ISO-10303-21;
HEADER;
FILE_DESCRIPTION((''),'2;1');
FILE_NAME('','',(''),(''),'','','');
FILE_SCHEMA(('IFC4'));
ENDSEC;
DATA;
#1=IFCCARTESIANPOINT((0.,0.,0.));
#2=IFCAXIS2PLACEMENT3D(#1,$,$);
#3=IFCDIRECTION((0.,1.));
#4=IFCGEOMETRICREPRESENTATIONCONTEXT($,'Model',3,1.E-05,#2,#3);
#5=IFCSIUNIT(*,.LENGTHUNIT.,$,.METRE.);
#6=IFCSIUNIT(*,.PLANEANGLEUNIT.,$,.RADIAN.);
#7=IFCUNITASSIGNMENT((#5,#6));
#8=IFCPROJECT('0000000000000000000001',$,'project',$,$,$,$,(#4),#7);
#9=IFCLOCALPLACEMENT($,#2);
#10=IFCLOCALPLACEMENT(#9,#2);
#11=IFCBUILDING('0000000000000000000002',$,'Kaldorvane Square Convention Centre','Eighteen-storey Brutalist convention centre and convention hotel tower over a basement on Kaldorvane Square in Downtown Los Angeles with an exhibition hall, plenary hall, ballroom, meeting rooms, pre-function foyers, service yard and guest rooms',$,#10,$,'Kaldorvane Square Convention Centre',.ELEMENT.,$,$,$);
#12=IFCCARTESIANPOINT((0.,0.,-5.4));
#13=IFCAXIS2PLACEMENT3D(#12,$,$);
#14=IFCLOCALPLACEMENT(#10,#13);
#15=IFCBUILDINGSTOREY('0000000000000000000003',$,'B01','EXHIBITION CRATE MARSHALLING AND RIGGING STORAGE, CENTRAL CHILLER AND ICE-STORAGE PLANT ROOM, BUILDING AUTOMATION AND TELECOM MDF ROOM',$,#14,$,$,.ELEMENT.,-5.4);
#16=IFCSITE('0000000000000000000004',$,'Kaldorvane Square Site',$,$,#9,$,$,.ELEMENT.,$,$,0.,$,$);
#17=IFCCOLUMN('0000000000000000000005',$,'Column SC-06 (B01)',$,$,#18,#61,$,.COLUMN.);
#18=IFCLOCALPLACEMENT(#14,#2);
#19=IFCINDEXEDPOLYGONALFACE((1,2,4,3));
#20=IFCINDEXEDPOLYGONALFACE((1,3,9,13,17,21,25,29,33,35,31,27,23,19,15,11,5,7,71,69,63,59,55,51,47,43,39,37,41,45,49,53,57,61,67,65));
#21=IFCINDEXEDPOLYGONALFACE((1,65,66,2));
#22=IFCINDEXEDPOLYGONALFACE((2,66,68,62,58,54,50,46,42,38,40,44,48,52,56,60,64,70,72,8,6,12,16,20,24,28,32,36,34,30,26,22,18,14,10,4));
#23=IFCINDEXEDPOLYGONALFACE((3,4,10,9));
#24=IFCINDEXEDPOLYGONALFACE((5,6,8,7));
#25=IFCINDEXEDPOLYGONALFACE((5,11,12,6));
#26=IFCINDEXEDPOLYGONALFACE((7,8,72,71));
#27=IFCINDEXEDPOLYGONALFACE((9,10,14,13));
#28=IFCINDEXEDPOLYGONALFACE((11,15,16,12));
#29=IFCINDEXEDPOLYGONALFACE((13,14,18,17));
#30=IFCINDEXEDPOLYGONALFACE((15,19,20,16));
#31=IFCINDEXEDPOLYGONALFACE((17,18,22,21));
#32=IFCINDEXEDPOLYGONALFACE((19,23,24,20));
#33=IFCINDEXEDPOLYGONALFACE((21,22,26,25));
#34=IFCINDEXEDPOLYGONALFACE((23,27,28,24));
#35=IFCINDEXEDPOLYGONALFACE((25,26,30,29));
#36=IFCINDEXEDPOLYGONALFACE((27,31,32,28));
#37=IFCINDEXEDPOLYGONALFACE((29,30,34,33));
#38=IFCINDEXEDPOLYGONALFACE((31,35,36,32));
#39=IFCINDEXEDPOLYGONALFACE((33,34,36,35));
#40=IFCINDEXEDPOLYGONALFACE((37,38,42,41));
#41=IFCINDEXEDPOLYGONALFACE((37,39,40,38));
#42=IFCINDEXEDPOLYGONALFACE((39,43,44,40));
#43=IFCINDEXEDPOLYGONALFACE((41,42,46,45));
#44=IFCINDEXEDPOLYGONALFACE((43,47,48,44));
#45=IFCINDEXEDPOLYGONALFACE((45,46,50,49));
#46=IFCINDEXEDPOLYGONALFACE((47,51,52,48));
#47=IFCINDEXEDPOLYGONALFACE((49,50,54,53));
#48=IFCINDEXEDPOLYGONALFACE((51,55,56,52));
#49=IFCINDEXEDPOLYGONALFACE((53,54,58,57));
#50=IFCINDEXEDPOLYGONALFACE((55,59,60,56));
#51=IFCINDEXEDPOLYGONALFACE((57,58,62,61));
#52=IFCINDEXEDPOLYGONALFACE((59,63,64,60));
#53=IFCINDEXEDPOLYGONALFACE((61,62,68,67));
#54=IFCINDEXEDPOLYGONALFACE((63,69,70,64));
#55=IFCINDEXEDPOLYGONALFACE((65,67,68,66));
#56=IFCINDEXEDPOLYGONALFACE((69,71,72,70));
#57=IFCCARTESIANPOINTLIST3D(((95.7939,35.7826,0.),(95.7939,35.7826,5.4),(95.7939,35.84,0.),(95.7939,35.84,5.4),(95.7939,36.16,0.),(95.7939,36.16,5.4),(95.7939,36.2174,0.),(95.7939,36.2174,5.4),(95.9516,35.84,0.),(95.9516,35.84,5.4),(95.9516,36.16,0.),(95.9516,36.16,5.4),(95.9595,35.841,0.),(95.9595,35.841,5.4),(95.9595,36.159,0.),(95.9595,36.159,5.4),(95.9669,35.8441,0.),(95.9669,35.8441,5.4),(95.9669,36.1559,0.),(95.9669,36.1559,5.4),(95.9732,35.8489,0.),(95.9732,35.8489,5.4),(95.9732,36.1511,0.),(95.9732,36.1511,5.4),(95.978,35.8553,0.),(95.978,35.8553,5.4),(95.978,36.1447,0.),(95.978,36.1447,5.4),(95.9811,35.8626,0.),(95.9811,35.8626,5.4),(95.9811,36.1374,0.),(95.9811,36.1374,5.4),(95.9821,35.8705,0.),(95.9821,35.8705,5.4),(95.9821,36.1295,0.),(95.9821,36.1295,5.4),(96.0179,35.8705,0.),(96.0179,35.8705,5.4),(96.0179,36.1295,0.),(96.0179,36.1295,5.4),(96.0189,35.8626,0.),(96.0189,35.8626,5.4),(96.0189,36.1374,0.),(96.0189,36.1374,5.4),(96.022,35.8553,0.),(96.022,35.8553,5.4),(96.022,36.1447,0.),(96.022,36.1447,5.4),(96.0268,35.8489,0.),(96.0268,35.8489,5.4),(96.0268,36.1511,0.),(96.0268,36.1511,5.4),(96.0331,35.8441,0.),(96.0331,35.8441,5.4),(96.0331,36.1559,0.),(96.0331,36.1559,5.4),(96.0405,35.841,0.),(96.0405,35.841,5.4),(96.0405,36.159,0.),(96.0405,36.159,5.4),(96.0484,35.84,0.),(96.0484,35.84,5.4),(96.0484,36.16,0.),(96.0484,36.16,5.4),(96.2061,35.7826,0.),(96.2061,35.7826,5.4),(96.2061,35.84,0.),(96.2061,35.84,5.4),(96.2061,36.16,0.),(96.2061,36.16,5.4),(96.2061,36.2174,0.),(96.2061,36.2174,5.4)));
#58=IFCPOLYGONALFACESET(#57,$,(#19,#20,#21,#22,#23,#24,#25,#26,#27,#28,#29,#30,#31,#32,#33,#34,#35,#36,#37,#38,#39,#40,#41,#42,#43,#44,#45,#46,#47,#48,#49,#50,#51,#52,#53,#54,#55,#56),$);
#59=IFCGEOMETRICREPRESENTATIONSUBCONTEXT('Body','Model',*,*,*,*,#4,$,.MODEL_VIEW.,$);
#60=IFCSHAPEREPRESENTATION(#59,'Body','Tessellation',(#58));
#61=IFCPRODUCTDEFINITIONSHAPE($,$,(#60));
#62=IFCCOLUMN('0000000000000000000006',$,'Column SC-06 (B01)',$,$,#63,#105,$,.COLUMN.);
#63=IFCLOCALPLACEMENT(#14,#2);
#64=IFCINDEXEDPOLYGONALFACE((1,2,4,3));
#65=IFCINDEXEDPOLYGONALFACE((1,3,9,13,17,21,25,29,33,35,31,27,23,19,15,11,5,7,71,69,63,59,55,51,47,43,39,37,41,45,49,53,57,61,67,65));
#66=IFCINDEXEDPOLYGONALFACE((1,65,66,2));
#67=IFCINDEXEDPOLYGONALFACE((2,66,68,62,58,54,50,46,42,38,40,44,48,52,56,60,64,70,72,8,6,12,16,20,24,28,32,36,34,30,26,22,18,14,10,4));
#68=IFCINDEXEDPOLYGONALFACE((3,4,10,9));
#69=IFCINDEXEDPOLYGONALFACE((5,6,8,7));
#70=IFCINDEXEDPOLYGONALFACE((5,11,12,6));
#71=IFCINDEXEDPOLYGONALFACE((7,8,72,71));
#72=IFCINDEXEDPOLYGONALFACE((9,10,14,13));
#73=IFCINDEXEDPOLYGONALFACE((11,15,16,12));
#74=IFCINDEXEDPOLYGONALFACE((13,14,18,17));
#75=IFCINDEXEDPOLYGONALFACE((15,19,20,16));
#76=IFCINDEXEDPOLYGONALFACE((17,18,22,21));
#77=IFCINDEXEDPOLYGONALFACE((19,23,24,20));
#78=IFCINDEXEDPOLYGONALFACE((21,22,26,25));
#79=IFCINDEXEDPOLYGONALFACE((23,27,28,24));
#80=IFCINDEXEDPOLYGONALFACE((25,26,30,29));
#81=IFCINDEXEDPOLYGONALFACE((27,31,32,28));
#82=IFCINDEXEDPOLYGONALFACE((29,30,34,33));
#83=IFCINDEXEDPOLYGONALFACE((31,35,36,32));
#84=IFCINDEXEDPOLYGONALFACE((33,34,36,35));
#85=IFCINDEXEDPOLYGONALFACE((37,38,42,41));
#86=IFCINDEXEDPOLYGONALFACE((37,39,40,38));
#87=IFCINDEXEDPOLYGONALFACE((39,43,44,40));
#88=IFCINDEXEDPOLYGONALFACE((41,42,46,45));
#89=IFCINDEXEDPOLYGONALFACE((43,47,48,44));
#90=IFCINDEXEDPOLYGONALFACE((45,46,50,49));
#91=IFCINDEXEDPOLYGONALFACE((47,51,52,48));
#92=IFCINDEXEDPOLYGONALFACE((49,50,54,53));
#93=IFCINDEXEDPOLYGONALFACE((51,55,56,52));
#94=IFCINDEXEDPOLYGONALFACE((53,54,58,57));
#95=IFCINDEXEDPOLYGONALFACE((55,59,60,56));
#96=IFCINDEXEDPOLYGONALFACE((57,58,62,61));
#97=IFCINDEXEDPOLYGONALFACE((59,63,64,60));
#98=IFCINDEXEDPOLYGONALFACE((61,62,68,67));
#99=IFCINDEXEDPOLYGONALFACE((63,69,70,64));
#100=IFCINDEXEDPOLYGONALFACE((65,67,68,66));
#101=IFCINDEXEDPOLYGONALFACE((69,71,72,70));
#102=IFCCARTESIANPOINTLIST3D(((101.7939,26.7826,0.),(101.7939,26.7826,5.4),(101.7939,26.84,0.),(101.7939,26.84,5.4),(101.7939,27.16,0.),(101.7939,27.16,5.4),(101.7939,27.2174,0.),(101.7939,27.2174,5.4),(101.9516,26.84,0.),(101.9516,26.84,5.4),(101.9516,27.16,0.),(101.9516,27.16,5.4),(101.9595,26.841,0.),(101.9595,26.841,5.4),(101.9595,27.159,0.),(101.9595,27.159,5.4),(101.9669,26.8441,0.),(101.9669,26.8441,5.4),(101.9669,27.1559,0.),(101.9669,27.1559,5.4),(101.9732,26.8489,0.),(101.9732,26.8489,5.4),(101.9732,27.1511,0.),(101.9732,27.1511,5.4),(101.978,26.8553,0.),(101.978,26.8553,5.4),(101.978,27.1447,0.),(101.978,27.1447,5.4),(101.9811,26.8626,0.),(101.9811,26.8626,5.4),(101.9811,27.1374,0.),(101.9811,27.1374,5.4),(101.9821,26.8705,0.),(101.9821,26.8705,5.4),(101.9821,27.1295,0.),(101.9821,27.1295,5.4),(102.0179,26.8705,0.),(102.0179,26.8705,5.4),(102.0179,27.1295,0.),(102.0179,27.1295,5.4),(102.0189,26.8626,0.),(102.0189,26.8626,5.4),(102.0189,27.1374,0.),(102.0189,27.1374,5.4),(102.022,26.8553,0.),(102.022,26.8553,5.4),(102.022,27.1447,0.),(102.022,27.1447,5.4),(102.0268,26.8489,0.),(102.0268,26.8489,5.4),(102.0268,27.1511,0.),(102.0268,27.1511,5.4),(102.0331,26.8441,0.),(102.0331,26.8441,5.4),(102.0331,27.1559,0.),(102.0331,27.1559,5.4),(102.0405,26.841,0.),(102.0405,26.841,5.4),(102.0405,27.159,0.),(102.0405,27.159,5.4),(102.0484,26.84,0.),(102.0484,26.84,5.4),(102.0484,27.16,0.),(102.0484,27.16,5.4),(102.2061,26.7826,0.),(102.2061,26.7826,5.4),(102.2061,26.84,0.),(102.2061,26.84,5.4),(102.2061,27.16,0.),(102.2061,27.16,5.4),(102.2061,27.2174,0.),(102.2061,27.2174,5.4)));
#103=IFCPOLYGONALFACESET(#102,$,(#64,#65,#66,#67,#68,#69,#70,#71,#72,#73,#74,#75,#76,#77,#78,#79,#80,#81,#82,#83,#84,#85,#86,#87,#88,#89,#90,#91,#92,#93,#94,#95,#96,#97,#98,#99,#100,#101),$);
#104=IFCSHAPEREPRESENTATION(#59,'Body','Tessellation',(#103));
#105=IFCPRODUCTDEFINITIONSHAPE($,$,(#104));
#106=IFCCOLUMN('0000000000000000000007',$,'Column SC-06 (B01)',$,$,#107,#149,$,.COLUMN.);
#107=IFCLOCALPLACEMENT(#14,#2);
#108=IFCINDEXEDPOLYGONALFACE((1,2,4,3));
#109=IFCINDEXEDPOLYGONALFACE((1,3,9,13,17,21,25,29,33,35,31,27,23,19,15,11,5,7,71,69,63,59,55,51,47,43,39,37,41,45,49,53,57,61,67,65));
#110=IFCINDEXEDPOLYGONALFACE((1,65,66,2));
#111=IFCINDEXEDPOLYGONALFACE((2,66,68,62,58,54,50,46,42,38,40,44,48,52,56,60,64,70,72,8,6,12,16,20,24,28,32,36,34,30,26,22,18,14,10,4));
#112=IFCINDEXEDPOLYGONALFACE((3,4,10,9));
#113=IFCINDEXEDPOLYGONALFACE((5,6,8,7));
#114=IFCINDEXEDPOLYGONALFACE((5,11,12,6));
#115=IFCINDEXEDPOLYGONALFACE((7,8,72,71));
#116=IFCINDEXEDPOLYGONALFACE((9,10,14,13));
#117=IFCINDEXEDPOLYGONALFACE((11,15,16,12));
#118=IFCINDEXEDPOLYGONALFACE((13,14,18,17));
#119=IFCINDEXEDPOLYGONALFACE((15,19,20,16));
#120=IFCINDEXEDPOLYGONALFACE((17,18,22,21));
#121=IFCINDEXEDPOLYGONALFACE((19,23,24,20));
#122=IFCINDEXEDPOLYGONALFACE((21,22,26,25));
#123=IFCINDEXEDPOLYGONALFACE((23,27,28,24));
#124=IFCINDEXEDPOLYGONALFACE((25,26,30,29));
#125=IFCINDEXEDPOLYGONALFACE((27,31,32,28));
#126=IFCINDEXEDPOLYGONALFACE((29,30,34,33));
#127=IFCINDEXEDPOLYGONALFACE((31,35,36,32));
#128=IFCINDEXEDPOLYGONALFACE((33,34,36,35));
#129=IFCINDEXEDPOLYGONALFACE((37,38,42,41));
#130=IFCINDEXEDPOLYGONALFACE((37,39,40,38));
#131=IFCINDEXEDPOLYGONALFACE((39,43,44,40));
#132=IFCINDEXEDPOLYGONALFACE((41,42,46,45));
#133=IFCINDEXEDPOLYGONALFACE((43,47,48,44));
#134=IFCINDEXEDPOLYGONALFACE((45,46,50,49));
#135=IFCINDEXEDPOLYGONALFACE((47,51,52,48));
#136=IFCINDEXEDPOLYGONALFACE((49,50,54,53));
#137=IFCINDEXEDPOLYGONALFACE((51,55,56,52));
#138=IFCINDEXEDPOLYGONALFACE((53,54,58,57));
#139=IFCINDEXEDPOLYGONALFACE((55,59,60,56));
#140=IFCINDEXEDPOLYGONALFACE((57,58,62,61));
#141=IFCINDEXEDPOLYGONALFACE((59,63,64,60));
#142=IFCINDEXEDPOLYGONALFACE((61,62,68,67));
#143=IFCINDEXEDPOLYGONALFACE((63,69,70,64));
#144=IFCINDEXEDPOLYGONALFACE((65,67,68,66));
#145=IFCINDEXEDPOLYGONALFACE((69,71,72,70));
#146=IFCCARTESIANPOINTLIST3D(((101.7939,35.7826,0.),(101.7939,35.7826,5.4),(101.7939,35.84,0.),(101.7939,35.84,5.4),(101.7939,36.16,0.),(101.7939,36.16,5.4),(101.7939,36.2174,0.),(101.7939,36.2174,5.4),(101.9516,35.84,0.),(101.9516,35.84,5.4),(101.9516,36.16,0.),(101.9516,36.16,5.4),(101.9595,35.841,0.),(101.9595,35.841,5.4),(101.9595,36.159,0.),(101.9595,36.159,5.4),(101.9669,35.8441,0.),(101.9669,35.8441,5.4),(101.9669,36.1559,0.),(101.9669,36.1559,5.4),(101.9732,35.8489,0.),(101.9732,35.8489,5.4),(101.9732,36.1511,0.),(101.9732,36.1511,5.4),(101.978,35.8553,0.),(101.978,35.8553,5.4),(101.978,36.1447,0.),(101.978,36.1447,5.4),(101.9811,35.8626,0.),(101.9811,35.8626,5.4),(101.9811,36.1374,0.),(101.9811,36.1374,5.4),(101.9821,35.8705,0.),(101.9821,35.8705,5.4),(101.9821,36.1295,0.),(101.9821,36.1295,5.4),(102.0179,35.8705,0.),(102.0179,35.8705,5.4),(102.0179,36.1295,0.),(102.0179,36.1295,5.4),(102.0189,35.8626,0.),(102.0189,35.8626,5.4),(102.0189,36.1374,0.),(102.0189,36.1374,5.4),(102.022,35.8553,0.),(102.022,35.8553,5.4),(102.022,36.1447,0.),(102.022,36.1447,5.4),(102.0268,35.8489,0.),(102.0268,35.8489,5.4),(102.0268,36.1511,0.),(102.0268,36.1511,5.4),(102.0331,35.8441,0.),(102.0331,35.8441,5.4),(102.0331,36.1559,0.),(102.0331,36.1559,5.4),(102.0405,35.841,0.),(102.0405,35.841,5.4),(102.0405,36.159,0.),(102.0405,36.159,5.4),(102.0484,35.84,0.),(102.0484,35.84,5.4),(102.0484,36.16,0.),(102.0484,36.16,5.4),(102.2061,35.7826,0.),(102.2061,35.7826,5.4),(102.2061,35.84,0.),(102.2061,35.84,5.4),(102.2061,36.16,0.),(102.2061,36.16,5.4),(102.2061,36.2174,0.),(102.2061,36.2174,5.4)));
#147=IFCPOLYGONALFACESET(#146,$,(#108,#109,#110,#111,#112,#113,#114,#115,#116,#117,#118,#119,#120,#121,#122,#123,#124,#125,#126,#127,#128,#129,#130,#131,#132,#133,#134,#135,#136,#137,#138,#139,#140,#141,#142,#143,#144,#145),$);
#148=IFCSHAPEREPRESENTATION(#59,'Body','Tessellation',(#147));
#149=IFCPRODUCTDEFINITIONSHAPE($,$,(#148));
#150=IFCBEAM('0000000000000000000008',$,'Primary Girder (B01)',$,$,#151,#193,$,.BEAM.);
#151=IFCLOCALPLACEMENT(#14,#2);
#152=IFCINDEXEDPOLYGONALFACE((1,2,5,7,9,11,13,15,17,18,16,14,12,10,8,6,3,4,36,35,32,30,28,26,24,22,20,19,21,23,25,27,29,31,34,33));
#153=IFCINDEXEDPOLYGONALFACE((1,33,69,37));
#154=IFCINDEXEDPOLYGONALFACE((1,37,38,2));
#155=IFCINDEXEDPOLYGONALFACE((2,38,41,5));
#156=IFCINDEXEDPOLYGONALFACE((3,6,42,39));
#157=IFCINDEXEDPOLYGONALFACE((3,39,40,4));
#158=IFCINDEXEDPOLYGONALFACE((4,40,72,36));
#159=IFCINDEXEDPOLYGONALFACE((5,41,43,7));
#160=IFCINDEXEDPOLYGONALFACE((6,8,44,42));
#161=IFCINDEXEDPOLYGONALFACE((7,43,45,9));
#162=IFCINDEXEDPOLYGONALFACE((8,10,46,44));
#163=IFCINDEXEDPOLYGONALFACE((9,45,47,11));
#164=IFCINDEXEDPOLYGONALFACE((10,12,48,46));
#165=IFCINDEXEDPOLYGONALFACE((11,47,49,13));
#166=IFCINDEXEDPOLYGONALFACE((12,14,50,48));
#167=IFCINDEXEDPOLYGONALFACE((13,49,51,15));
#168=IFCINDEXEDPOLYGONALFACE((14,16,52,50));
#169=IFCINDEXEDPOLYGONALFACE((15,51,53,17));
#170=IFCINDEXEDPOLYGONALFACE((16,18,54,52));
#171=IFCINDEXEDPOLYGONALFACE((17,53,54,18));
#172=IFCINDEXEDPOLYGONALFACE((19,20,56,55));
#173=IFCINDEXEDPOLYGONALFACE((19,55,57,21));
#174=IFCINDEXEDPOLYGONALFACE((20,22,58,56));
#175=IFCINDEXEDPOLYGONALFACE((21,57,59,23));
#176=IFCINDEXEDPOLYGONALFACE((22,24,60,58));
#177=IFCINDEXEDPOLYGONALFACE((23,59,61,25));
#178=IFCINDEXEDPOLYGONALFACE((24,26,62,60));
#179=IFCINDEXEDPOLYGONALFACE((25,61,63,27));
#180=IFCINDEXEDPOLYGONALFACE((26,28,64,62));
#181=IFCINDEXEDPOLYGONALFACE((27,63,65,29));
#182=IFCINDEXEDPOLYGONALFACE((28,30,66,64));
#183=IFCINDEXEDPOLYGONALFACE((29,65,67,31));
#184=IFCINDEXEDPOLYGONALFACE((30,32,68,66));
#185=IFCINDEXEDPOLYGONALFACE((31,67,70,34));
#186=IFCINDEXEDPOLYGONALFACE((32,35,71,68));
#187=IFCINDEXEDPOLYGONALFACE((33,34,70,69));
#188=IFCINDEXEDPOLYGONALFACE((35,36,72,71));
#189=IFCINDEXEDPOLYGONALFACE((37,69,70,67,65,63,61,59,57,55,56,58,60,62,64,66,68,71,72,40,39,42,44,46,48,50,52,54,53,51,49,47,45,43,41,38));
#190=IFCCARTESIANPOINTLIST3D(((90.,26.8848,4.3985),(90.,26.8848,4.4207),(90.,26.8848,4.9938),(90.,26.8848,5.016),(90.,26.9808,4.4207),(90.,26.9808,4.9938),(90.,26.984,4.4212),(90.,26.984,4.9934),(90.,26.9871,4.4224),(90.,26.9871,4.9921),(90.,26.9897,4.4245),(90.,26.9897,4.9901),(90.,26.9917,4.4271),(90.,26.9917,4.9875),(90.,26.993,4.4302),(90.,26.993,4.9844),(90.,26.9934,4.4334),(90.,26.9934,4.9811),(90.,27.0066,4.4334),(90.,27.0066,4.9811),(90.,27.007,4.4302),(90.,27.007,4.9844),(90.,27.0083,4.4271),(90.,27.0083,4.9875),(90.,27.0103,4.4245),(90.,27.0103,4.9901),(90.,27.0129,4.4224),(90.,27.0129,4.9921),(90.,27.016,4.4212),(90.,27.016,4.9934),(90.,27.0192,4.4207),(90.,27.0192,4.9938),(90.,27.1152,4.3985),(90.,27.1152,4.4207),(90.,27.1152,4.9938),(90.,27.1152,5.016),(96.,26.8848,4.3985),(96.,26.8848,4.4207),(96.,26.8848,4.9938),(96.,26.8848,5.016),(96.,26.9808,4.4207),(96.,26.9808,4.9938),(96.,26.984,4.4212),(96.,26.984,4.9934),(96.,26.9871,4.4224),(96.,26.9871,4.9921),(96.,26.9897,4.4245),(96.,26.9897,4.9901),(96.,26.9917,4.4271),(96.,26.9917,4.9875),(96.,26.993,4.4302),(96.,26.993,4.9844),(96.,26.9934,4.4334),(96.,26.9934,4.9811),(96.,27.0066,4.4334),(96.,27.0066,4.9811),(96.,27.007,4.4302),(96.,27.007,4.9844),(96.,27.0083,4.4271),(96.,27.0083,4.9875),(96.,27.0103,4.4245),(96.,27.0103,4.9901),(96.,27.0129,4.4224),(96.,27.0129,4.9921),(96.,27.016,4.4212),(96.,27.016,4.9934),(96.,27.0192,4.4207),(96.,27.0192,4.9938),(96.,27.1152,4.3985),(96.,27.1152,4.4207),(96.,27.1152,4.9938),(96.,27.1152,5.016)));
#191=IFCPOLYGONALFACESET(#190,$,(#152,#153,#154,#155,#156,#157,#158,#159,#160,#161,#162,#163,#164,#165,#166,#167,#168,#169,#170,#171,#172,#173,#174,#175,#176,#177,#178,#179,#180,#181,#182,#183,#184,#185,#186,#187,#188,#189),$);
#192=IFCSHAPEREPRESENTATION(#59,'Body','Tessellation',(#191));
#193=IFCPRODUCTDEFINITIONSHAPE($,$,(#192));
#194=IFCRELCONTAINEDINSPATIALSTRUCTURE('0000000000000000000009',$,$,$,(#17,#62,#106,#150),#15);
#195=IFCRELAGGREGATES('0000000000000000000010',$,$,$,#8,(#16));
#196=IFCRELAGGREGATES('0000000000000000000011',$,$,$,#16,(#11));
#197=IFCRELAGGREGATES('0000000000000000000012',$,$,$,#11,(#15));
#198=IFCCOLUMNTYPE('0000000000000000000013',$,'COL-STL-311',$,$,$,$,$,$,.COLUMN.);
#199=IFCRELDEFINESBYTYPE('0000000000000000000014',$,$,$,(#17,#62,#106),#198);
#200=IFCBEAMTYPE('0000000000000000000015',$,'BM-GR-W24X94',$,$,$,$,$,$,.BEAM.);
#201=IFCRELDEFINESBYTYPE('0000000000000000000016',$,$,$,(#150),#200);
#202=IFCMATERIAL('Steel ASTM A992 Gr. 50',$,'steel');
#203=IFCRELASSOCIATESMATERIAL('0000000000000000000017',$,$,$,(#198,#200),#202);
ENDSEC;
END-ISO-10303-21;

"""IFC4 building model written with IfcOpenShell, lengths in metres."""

from ifc_helpers import new_model, si_unit, direction, frame, origin, origin_2d, place, context, subcontext, project, spatial, i_section, extrude, material, material_profile, profile_set, type_object, element, save


model = new_model("IFC4")

# Units and contexts
model_context = context("Model", 3, precision=1e-05, world=origin(), true_north=direction((0.0, 1.0)))
body_context = subcontext(model_context, "Body", "Model", "MODEL_VIEW")
ifc_project = project(units=[si_unit("LENGTHUNIT", "METRE"), si_unit("PLANEANGLEUNIT", "RADIAN")], contexts=[model_context])

# Site, building, storey
site_placement = place(None, origin())
site = spatial("IfcSite", under=ifc_project, at=site_placement, Name="Kaldorvane Square Site", CompositionType="ELEMENT", RefElevation=0.0)
building_placement = place(site_placement, origin())
building = spatial("IfcBuilding", under=site, at=building_placement, Name="Kaldorvane Square Convention Centre", Description="Eighteen-storey Brutalist convention centre and convention hotel tower over a basement on Kaldorvane Square in Downtown Los Angeles with an exhibition hall, plenary hall, ballroom, meeting rooms, pre-function foyers, service yard and guest rooms", LongName="Kaldorvane Square Convention Centre", CompositionType="ELEMENT")
storey_placement = place(building_placement, frame((0.0, 0.0, -5.4)))
storey = spatial("IfcBuildingStorey", under=building, at=storey_placement, Name="B01", Description="EXHIBITION CRATE MARSHALLING AND RIGGING STORAGE, CENTRAL CHILLER AND ICE-STORAGE PLANT ROOM, BUILDING AUTOMATION AND TELECOM MDF ROOM", CompositionType="ELEMENT", Elevation=-5.4)

# Columns
ifc_material_1 = material(Name="Steel ASTM A992 Gr. 50", Category="steel")
ifc_material_profile_1 = material_profile(ifc_material_1, i_section(OverallWidth=0.4122, OverallDepth=0.4348, WebThickness=0.0358, FlangeThickness=0.0574, FilletRadius=0.0305, at=origin_2d()), Name="W14X311")
ifc_profile_set_1 = profile_set([ifc_material_profile_1], Name="Steel ASTM A992 Gr. 50")
column_type = type_object("IfcColumnType", Name="COL-STL-311", PredefinedType="COLUMN", material=ifc_profile_set_1)
for number, where, z_axis, x_axis, name in (
    (1, (96.0, 36.0, 0.0), (0.0, 0.0, 1.0), (1.0, 0.0, 0.0), "Column SC-06 (B01)"),
    (2, (102.0, 27.0, 0.0), (0.0, 0.0, 1.0), (1.0, 0.0, 0.0), "Column SC-06 (B01)"),
    (3, (102.0, 36.0, 0.0), (0.0, 0.0, 1.0), (1.0, 0.0, 0.0), "Column SC-06 (B01)"),
):
    element("IfcColumn", number, at=place(storey_placement, frame(where, z_axis=z_axis, x_axis=x_axis)), inside=storey, type_object=column_type, Name=name, PredefinedType="COLUMN", context=body_context, shape_type="SweptSolid", body=[
        extrude(i_section(OverallWidth=0.4122, OverallDepth=0.4348, WebThickness=0.0358, FlangeThickness=0.0574, FilletRadius=0.0305, at=origin_2d()), origin(), (0.0, 0.0, 1.0), 5.4),
    ])

# Beam
ifc_material_profile_2 = material_profile(ifc_material_1, i_section(OverallWidth=0.2303, OverallDepth=0.6175, WebThickness=0.0131, FlangeThickness=0.0222, FilletRadius=0.0127, at=origin_2d()), Name="W24X94")
ifc_profile_set_2 = profile_set([ifc_material_profile_2], Name="Steel ASTM A992 Gr. 50")
beam_type_1 = type_object("IfcBeamType", Name="BM-GR-W24X94", PredefinedType="BEAM", material=ifc_profile_set_2)
for number, where, z_axis, x_axis, name in (
    (4, (90.0, 27.0, 4.7073), (1.0, 0.0, 0.0), (0.0, 1.0, 0.0), "Primary Girder (B01)"),
):
    element("IfcBeam", number, at=place(storey_placement, frame(where, z_axis=z_axis, x_axis=x_axis)), inside=storey, type_object=beam_type_1, Name=name, PredefinedType="BEAM", context=body_context, shape_type="SweptSolid", body=[
        extrude(i_section(OverallWidth=0.2303, OverallDepth=0.6175, WebThickness=0.0131, FlangeThickness=0.0222, FilletRadius=0.0127, at=origin_2d()), origin(), (0.0, 0.0, 1.0), 6.0),
    ])

save(model, "model.ifc")
